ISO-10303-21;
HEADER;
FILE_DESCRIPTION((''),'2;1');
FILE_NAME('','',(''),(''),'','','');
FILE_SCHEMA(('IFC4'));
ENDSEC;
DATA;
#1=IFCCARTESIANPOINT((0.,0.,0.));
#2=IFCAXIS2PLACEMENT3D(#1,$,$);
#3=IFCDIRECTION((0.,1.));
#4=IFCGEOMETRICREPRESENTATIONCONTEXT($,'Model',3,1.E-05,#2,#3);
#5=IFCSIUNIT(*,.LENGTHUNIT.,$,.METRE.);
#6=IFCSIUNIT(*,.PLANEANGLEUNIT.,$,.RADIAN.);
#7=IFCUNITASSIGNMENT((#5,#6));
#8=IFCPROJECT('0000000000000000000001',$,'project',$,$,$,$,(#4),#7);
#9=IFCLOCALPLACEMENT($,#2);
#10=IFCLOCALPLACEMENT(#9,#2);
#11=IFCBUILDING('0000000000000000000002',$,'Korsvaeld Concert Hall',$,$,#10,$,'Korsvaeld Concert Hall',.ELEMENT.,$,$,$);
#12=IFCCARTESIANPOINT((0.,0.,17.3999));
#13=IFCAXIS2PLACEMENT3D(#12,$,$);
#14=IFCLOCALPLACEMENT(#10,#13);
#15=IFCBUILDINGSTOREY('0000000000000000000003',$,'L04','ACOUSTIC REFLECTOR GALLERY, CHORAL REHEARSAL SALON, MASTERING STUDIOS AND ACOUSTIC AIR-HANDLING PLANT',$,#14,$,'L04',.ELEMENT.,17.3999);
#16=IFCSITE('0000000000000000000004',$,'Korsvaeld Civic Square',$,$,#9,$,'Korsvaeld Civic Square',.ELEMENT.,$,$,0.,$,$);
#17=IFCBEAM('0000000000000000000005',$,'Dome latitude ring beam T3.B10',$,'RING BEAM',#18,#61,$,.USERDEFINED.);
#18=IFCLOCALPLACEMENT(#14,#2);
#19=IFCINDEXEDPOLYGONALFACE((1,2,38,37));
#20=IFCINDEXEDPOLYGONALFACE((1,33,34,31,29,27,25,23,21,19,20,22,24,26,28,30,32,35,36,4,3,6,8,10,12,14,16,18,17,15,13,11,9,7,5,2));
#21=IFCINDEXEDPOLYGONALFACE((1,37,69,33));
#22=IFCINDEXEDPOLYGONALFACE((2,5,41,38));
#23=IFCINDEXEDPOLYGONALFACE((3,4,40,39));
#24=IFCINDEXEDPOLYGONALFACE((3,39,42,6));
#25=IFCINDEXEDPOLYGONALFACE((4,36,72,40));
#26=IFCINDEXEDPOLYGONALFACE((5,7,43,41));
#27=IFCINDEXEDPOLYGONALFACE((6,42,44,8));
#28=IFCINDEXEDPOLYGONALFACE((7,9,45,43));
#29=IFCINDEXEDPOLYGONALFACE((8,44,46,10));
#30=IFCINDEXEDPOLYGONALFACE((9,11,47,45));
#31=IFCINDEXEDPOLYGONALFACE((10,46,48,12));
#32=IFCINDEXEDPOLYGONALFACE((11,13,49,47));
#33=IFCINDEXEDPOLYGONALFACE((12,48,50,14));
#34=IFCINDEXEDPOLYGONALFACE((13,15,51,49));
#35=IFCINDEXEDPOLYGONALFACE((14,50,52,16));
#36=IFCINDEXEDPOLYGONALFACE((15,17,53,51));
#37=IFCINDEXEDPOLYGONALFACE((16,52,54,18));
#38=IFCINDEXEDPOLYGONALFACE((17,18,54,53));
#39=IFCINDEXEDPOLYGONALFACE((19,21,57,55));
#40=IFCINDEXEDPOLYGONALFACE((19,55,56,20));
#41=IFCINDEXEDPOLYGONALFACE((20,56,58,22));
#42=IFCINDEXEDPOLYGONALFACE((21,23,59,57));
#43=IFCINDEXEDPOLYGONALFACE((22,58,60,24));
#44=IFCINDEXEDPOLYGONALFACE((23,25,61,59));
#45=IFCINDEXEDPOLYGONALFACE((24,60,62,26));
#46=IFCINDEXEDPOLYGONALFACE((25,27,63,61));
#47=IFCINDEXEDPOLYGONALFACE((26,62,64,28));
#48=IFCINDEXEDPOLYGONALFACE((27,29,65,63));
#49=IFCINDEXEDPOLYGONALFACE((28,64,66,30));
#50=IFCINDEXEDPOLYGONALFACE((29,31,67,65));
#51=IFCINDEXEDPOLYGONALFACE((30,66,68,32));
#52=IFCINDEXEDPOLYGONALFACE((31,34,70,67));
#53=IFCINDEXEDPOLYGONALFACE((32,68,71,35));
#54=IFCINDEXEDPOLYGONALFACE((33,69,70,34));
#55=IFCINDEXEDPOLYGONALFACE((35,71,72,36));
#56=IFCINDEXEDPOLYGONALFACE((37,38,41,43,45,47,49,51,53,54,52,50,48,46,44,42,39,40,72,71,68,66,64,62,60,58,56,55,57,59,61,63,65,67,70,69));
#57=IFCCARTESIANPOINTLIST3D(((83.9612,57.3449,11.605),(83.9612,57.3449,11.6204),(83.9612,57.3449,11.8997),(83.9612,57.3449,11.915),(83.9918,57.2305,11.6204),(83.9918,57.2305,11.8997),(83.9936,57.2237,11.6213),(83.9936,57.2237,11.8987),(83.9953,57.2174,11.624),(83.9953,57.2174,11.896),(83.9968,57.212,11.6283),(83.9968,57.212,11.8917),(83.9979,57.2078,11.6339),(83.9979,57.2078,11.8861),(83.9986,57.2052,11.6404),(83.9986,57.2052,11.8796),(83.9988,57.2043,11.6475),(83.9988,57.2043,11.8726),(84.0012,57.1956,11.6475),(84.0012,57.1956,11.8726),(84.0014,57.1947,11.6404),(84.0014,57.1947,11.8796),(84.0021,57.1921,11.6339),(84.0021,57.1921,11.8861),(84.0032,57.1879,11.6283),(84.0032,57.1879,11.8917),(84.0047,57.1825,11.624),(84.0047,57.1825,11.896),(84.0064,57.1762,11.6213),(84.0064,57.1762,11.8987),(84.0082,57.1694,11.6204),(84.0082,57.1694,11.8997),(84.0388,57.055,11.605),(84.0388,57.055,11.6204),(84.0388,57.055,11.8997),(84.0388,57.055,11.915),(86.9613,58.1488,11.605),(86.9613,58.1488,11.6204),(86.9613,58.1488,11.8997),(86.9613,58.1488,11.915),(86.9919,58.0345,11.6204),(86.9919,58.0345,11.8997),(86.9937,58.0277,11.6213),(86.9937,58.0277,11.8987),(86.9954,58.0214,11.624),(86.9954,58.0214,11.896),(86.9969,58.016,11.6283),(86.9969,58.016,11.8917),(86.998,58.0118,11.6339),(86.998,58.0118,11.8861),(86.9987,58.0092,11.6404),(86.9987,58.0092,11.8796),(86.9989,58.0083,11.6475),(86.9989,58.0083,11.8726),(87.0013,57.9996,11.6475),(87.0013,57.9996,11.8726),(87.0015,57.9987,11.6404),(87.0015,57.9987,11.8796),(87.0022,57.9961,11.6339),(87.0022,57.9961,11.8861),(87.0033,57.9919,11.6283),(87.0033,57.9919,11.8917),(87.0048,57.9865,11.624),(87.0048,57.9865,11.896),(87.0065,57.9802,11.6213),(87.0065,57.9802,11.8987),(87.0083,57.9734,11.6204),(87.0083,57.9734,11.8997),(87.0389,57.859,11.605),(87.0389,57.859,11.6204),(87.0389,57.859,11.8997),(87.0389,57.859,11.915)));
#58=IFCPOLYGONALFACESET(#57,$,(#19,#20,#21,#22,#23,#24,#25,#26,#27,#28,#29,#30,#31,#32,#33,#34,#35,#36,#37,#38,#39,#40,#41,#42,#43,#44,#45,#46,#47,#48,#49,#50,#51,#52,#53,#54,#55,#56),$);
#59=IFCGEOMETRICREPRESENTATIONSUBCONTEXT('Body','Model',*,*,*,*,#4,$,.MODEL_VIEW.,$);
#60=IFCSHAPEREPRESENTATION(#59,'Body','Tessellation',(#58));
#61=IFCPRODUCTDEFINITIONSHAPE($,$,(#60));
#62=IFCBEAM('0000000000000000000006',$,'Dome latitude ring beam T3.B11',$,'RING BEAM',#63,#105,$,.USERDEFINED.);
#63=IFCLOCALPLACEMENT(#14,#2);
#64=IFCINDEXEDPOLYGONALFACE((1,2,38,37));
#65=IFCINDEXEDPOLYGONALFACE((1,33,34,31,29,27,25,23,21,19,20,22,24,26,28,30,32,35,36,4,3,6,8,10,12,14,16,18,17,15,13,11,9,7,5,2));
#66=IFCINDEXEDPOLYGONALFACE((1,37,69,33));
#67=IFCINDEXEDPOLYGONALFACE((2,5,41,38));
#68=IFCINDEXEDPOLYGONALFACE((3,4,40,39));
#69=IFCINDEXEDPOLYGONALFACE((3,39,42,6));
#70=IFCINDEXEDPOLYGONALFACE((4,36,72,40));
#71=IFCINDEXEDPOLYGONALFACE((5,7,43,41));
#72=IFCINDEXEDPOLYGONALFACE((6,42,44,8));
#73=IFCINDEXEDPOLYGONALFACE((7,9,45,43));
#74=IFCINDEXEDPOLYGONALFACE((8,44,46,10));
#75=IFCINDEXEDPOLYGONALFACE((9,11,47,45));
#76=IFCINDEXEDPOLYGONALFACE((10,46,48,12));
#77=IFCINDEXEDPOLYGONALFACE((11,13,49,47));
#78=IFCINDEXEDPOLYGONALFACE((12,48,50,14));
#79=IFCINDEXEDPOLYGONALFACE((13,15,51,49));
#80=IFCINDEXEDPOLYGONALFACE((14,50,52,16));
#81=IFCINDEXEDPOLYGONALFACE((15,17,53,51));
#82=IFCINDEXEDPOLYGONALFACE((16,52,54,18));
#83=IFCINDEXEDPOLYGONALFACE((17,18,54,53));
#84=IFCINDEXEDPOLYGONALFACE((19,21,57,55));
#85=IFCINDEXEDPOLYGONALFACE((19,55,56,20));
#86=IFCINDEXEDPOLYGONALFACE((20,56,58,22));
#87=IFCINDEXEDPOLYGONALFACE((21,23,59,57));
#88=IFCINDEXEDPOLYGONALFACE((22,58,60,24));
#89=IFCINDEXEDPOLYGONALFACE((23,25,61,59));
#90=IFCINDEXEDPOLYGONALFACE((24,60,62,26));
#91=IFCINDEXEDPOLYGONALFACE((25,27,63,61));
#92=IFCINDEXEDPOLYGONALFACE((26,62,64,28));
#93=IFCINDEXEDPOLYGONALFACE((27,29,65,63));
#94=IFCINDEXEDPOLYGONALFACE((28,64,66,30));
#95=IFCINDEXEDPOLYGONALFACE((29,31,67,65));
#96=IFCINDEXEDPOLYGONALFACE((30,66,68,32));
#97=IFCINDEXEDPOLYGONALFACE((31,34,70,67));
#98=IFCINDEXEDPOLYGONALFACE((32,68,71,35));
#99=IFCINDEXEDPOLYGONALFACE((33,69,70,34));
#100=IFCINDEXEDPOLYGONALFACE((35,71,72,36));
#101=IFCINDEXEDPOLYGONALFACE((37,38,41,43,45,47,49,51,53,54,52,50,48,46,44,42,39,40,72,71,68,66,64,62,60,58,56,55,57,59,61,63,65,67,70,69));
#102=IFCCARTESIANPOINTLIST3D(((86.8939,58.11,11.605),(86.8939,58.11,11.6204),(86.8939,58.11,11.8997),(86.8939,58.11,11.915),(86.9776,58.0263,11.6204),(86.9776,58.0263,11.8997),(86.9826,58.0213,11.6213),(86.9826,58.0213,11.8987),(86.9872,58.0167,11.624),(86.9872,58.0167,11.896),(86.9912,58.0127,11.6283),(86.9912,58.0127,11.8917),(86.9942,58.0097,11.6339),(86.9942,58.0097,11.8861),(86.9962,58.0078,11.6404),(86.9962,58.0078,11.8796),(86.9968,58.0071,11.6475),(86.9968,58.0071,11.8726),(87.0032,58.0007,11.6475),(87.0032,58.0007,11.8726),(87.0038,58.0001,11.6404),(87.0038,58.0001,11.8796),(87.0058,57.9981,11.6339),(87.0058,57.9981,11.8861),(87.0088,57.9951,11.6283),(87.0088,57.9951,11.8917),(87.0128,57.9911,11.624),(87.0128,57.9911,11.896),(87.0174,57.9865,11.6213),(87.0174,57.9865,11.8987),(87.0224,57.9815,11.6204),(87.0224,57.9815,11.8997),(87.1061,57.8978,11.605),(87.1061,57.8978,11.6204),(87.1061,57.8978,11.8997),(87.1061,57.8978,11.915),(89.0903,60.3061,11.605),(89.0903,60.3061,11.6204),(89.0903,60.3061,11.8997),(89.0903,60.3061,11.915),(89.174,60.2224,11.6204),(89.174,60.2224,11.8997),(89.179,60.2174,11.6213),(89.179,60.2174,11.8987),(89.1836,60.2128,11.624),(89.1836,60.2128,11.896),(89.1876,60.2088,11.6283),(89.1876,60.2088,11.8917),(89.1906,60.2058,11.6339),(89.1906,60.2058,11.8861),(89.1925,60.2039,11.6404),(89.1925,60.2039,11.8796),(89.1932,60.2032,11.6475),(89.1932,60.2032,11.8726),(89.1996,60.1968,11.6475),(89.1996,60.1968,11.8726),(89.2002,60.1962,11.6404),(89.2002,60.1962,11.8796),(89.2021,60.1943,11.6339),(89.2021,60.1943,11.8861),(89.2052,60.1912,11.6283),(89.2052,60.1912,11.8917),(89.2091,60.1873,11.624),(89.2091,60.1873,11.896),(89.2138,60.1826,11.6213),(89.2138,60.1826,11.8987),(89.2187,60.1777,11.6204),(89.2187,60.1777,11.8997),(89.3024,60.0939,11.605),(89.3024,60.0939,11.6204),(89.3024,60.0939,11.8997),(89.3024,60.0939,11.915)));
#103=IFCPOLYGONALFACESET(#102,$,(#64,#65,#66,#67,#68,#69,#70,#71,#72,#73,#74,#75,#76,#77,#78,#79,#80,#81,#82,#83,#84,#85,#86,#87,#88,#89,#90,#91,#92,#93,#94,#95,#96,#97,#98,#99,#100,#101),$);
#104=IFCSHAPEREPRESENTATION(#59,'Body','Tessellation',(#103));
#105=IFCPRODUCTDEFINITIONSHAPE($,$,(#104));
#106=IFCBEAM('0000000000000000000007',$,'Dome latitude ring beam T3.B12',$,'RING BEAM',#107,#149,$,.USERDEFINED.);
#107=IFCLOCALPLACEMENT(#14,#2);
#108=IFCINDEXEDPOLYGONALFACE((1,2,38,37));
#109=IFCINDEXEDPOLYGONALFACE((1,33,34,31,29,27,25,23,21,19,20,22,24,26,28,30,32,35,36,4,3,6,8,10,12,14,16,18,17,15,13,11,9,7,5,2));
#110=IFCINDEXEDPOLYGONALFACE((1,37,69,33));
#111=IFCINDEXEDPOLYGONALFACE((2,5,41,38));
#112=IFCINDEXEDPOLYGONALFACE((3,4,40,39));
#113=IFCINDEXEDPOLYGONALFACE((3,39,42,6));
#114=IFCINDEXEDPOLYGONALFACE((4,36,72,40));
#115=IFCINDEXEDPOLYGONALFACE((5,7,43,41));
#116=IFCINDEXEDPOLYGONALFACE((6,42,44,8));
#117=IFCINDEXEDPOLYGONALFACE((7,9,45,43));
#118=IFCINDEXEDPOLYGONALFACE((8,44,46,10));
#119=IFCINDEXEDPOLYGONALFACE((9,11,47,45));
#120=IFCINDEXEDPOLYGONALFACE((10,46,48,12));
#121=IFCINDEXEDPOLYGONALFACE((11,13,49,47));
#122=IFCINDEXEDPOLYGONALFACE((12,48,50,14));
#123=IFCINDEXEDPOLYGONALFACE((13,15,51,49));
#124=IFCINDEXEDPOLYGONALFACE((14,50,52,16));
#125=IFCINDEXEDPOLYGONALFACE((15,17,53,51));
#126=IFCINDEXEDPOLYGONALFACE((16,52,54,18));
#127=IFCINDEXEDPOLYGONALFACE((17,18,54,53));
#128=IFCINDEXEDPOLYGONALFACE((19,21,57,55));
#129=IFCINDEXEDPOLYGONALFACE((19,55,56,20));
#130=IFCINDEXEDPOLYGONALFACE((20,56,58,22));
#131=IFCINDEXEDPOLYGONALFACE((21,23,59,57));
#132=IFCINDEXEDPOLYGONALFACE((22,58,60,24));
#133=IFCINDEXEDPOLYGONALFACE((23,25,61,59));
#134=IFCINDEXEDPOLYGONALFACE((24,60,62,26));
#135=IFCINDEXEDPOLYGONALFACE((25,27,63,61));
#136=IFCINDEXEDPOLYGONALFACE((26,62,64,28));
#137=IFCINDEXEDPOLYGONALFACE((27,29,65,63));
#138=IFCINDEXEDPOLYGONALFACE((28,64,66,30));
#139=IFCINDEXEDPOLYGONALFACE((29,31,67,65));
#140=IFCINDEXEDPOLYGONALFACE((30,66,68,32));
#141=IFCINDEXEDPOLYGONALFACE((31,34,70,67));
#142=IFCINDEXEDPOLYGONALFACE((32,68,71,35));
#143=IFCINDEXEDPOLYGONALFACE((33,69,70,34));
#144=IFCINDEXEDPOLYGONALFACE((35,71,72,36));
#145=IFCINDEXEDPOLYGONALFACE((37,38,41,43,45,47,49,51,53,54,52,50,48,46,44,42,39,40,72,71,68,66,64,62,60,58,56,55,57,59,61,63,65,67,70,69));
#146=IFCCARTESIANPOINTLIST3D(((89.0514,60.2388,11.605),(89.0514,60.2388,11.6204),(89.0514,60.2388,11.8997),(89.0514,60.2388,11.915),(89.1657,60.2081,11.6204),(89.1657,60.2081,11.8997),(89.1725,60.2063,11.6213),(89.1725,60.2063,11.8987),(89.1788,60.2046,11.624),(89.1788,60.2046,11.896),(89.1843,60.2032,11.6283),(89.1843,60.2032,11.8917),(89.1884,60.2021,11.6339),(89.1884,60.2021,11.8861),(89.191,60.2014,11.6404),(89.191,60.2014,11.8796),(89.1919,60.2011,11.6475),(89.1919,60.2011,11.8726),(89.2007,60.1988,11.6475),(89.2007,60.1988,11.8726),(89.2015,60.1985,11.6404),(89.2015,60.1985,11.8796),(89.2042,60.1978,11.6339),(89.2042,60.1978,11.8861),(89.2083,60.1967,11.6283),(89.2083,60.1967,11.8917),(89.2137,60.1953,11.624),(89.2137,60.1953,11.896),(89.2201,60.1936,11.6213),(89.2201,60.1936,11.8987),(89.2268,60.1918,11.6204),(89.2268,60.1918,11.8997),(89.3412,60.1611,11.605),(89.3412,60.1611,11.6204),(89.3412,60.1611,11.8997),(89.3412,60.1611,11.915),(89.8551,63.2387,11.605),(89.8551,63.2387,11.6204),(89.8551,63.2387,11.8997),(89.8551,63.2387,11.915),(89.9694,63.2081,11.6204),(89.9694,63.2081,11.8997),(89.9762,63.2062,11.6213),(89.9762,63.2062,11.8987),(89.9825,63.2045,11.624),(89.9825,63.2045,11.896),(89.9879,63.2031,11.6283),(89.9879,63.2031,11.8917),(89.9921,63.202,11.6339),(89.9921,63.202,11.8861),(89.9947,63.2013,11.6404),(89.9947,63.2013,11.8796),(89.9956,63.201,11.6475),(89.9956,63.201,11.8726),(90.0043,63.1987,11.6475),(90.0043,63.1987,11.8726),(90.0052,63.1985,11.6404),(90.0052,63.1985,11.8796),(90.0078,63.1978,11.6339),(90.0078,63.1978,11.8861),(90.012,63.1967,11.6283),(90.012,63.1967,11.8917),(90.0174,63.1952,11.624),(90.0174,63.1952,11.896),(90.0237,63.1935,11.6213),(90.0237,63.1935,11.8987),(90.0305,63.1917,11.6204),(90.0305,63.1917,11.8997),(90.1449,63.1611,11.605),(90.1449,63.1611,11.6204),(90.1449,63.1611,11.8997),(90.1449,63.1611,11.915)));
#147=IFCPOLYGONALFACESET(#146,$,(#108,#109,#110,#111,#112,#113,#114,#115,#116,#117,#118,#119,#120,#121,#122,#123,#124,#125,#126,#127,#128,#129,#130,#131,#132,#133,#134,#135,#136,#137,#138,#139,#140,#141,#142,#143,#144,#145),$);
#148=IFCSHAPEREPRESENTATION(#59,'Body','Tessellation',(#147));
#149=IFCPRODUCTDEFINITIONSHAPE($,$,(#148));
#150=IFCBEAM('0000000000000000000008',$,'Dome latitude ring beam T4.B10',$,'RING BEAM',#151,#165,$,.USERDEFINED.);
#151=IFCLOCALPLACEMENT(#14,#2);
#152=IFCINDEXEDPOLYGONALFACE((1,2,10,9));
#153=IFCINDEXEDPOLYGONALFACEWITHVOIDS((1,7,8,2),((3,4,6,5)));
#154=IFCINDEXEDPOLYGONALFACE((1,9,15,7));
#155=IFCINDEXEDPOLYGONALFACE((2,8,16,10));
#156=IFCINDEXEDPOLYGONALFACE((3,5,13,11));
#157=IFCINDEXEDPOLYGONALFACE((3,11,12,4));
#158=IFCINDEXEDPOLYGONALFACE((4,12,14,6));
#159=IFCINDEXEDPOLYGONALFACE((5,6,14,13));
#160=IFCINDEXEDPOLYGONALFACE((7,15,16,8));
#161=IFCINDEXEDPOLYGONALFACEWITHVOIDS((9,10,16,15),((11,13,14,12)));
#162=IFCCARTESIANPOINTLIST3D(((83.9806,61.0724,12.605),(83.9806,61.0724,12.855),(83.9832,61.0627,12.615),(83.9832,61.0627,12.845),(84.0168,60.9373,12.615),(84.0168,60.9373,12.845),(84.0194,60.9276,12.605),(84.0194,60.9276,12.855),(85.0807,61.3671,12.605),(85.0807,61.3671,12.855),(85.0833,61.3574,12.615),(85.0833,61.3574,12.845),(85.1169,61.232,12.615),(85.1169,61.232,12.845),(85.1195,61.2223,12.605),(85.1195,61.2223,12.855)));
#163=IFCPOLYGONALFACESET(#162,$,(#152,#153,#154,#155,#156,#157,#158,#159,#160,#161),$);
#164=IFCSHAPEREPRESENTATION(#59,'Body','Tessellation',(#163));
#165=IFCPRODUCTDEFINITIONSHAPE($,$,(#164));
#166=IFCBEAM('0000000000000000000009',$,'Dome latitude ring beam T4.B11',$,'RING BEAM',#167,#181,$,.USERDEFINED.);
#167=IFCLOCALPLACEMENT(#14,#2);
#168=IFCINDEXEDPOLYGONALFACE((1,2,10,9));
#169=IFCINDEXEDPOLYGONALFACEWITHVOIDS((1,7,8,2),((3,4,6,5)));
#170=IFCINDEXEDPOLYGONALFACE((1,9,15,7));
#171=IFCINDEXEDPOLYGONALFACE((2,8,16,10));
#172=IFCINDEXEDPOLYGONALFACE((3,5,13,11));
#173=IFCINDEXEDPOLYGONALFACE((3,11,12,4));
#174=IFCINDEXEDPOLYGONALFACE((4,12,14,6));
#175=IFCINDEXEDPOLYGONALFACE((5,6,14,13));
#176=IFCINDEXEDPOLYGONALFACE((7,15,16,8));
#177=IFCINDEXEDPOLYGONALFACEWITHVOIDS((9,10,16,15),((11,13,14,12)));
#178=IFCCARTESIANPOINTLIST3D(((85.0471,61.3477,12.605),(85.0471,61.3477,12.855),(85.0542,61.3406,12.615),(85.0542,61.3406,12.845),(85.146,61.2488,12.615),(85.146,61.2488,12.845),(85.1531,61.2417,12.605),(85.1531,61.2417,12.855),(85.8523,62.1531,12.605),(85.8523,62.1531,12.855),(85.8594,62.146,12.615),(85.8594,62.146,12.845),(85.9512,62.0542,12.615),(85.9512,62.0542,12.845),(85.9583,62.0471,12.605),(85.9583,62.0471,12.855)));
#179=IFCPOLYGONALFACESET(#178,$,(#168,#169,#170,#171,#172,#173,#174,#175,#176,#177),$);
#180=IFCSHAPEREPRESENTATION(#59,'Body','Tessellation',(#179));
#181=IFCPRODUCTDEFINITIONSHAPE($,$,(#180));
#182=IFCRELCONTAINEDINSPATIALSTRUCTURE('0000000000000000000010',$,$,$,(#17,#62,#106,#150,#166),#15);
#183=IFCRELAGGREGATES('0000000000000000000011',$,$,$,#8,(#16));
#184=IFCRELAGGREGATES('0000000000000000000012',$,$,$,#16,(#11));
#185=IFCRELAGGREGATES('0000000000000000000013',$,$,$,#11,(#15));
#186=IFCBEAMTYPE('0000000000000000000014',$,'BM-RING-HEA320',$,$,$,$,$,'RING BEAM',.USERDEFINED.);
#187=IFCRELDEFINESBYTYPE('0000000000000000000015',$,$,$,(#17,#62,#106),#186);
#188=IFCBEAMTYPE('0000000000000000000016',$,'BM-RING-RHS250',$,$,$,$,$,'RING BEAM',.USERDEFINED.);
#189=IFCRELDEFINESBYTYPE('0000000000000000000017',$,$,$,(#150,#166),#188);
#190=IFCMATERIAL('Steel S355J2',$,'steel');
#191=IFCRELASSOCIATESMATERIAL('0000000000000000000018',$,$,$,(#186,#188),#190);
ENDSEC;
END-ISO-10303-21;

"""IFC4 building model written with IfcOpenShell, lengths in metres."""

from ifc_helpers import new_model, si_unit, direction, frame, origin, origin_2d, place, context, subcontext, project, spatial, hollow_rectangle, i_section, extrude, material, material_profile, profile_set, type_object, element, save


model = new_model("IFC4")

# Units and contexts
model_context = context("Model", 3, precision=1e-05, world=origin(), true_north=direction((0.0, 1.0)))
body_context = subcontext(model_context, "Body", "Model", "MODEL_VIEW")
ifc_project = project(units=[si_unit("LENGTHUNIT", "METRE"), si_unit("PLANEANGLEUNIT", "RADIAN")], contexts=[model_context])

# Site, building, storey
site_placement = place(None, origin())
site = spatial("IfcSite", under=ifc_project, at=site_placement, Name="Korsvaeld Civic Square", LongName="Korsvaeld Civic Square", CompositionType="ELEMENT", RefElevation=0.0)
building_placement = place(site_placement, origin())
building = spatial("IfcBuilding", under=site, at=building_placement, Name="Korsvaeld Concert Hall", LongName="Korsvaeld Concert Hall", CompositionType="ELEMENT")
storey_placement = place(building_placement, frame((0.0, 0.0, 17.3999)))
storey = spatial("IfcBuildingStorey", under=building, at=storey_placement, Name="L04", Description="ACOUSTIC REFLECTOR GALLERY, CHORAL REHEARSAL SALON, MASTERING STUDIOS AND ACOUSTIC AIR-HANDLING PLANT", LongName="L04", CompositionType="ELEMENT", Elevation=17.3999)

# Beams
ifc_material_1 = material(Name="Steel S355J2", Category="steel")
ifc_material_profile_1 = material_profile(ifc_material_1, i_section(OverallWidth=0.3, OverallDepth=0.3101, WebThickness=0.009, FlangeThickness=0.0154, FilletRadius=0.0271, at=origin_2d()), Name="HEA 320")
ifc_profile_set_1 = profile_set([ifc_material_profile_1], Name="Steel S355J2")
beam_type_1 = type_object("IfcBeamType", Name="BM-RING-HEA320", ElementType="RING BEAM", PredefinedType="USERDEFINED", material=ifc_profile_set_1)
for number, where, z_axis, x_axis, name in (
    (1, (84.0, 57.2, 11.76), (0.965917, 0.258851, 0.0), (-0.258851, 0.965917, 0.0), "Dome latitude ring beam T3.B10"),
    (2, (87.0, 58.0039, 11.76), (0.707146, 0.707067, 0.0), (-0.707067, 0.707146, 0.0), "Dome latitude ring beam T3.B11"),
):
    element("IfcBeam", number, at=place(storey_placement, frame(where, z_axis=z_axis, x_axis=x_axis)), inside=storey, type_object=beam_type_1, Name=name, ObjectType="RING BEAM", PredefinedType="USERDEFINED", context=body_context, shape_type="SweptSolid", body=[
        extrude(i_section(OverallWidth=0.3, OverallDepth=0.3101, WebThickness=0.009, FlangeThickness=0.0154, FilletRadius=0.0271, at=origin_2d()), origin(), (0.0, 0.0, 1.0), 3.106),
    ])
beam_placement = place(storey_placement, frame((89.1963, 60.2, 11.76), z_axis=(0.258778, 0.965937, 0.0), x_axis=(-0.965937, 0.258778, 0.0)))
element("IfcBeam", 3, at=beam_placement, inside=storey, type_object=beam_type_1, Name="Dome latitude ring beam T3.B12", ObjectType="RING BEAM", PredefinedType="USERDEFINED", context=body_context, shape_type="SweptSolid", body=[
    extrude(i_section(OverallWidth=0.3, OverallDepth=0.3101, WebThickness=0.009, FlangeThickness=0.0154, FilletRadius=0.0271, at=origin_2d()), origin(), (0.0, 0.0, 1.0), 3.1057),
])
ifc_material_profile_2 = material_profile(ifc_material_1, hollow_rectangle(XDim=0.1499, YDim=0.25, WallThickness=0.01, at=origin_2d()), Name="RHS 250x150x10")
ifc_profile_set_2 = profile_set([ifc_material_profile_2], Name="Steel S355J2")
beam_type_2 = type_object("IfcBeamType", Name="BM-RING-RHS250", ElementType="RING BEAM", PredefinedType="USERDEFINED", material=ifc_profile_set_2)
for number, where, z_axis, x_axis, name in (
    (4, (84.0, 61.0, 12.73), (0.965946, 0.258743, 0.0), (-0.258743, 0.965946, 0.0), "Dome latitude ring beam T4.B10"),
    (5, (85.1001, 61.2947, 12.73), (0.707, 0.707214, 0.0), (-0.707214, 0.707, 0.0), "Dome latitude ring beam T4.B11"),
):
    element("IfcBeam", number, at=place(storey_placement, frame(where, z_axis=z_axis, x_axis=x_axis)), inside=storey, type_object=beam_type_2, Name=name, ObjectType="RING BEAM", PredefinedType="USERDEFINED", context=body_context, shape_type="SweptSolid", body=[
        extrude(hollow_rectangle(XDim=0.1499, YDim=0.25, WallThickness=0.01, at=origin_2d()), origin(), (0.0, 0.0, 1.0), 1.1389),
    ])

save(model, "model.ifc")
